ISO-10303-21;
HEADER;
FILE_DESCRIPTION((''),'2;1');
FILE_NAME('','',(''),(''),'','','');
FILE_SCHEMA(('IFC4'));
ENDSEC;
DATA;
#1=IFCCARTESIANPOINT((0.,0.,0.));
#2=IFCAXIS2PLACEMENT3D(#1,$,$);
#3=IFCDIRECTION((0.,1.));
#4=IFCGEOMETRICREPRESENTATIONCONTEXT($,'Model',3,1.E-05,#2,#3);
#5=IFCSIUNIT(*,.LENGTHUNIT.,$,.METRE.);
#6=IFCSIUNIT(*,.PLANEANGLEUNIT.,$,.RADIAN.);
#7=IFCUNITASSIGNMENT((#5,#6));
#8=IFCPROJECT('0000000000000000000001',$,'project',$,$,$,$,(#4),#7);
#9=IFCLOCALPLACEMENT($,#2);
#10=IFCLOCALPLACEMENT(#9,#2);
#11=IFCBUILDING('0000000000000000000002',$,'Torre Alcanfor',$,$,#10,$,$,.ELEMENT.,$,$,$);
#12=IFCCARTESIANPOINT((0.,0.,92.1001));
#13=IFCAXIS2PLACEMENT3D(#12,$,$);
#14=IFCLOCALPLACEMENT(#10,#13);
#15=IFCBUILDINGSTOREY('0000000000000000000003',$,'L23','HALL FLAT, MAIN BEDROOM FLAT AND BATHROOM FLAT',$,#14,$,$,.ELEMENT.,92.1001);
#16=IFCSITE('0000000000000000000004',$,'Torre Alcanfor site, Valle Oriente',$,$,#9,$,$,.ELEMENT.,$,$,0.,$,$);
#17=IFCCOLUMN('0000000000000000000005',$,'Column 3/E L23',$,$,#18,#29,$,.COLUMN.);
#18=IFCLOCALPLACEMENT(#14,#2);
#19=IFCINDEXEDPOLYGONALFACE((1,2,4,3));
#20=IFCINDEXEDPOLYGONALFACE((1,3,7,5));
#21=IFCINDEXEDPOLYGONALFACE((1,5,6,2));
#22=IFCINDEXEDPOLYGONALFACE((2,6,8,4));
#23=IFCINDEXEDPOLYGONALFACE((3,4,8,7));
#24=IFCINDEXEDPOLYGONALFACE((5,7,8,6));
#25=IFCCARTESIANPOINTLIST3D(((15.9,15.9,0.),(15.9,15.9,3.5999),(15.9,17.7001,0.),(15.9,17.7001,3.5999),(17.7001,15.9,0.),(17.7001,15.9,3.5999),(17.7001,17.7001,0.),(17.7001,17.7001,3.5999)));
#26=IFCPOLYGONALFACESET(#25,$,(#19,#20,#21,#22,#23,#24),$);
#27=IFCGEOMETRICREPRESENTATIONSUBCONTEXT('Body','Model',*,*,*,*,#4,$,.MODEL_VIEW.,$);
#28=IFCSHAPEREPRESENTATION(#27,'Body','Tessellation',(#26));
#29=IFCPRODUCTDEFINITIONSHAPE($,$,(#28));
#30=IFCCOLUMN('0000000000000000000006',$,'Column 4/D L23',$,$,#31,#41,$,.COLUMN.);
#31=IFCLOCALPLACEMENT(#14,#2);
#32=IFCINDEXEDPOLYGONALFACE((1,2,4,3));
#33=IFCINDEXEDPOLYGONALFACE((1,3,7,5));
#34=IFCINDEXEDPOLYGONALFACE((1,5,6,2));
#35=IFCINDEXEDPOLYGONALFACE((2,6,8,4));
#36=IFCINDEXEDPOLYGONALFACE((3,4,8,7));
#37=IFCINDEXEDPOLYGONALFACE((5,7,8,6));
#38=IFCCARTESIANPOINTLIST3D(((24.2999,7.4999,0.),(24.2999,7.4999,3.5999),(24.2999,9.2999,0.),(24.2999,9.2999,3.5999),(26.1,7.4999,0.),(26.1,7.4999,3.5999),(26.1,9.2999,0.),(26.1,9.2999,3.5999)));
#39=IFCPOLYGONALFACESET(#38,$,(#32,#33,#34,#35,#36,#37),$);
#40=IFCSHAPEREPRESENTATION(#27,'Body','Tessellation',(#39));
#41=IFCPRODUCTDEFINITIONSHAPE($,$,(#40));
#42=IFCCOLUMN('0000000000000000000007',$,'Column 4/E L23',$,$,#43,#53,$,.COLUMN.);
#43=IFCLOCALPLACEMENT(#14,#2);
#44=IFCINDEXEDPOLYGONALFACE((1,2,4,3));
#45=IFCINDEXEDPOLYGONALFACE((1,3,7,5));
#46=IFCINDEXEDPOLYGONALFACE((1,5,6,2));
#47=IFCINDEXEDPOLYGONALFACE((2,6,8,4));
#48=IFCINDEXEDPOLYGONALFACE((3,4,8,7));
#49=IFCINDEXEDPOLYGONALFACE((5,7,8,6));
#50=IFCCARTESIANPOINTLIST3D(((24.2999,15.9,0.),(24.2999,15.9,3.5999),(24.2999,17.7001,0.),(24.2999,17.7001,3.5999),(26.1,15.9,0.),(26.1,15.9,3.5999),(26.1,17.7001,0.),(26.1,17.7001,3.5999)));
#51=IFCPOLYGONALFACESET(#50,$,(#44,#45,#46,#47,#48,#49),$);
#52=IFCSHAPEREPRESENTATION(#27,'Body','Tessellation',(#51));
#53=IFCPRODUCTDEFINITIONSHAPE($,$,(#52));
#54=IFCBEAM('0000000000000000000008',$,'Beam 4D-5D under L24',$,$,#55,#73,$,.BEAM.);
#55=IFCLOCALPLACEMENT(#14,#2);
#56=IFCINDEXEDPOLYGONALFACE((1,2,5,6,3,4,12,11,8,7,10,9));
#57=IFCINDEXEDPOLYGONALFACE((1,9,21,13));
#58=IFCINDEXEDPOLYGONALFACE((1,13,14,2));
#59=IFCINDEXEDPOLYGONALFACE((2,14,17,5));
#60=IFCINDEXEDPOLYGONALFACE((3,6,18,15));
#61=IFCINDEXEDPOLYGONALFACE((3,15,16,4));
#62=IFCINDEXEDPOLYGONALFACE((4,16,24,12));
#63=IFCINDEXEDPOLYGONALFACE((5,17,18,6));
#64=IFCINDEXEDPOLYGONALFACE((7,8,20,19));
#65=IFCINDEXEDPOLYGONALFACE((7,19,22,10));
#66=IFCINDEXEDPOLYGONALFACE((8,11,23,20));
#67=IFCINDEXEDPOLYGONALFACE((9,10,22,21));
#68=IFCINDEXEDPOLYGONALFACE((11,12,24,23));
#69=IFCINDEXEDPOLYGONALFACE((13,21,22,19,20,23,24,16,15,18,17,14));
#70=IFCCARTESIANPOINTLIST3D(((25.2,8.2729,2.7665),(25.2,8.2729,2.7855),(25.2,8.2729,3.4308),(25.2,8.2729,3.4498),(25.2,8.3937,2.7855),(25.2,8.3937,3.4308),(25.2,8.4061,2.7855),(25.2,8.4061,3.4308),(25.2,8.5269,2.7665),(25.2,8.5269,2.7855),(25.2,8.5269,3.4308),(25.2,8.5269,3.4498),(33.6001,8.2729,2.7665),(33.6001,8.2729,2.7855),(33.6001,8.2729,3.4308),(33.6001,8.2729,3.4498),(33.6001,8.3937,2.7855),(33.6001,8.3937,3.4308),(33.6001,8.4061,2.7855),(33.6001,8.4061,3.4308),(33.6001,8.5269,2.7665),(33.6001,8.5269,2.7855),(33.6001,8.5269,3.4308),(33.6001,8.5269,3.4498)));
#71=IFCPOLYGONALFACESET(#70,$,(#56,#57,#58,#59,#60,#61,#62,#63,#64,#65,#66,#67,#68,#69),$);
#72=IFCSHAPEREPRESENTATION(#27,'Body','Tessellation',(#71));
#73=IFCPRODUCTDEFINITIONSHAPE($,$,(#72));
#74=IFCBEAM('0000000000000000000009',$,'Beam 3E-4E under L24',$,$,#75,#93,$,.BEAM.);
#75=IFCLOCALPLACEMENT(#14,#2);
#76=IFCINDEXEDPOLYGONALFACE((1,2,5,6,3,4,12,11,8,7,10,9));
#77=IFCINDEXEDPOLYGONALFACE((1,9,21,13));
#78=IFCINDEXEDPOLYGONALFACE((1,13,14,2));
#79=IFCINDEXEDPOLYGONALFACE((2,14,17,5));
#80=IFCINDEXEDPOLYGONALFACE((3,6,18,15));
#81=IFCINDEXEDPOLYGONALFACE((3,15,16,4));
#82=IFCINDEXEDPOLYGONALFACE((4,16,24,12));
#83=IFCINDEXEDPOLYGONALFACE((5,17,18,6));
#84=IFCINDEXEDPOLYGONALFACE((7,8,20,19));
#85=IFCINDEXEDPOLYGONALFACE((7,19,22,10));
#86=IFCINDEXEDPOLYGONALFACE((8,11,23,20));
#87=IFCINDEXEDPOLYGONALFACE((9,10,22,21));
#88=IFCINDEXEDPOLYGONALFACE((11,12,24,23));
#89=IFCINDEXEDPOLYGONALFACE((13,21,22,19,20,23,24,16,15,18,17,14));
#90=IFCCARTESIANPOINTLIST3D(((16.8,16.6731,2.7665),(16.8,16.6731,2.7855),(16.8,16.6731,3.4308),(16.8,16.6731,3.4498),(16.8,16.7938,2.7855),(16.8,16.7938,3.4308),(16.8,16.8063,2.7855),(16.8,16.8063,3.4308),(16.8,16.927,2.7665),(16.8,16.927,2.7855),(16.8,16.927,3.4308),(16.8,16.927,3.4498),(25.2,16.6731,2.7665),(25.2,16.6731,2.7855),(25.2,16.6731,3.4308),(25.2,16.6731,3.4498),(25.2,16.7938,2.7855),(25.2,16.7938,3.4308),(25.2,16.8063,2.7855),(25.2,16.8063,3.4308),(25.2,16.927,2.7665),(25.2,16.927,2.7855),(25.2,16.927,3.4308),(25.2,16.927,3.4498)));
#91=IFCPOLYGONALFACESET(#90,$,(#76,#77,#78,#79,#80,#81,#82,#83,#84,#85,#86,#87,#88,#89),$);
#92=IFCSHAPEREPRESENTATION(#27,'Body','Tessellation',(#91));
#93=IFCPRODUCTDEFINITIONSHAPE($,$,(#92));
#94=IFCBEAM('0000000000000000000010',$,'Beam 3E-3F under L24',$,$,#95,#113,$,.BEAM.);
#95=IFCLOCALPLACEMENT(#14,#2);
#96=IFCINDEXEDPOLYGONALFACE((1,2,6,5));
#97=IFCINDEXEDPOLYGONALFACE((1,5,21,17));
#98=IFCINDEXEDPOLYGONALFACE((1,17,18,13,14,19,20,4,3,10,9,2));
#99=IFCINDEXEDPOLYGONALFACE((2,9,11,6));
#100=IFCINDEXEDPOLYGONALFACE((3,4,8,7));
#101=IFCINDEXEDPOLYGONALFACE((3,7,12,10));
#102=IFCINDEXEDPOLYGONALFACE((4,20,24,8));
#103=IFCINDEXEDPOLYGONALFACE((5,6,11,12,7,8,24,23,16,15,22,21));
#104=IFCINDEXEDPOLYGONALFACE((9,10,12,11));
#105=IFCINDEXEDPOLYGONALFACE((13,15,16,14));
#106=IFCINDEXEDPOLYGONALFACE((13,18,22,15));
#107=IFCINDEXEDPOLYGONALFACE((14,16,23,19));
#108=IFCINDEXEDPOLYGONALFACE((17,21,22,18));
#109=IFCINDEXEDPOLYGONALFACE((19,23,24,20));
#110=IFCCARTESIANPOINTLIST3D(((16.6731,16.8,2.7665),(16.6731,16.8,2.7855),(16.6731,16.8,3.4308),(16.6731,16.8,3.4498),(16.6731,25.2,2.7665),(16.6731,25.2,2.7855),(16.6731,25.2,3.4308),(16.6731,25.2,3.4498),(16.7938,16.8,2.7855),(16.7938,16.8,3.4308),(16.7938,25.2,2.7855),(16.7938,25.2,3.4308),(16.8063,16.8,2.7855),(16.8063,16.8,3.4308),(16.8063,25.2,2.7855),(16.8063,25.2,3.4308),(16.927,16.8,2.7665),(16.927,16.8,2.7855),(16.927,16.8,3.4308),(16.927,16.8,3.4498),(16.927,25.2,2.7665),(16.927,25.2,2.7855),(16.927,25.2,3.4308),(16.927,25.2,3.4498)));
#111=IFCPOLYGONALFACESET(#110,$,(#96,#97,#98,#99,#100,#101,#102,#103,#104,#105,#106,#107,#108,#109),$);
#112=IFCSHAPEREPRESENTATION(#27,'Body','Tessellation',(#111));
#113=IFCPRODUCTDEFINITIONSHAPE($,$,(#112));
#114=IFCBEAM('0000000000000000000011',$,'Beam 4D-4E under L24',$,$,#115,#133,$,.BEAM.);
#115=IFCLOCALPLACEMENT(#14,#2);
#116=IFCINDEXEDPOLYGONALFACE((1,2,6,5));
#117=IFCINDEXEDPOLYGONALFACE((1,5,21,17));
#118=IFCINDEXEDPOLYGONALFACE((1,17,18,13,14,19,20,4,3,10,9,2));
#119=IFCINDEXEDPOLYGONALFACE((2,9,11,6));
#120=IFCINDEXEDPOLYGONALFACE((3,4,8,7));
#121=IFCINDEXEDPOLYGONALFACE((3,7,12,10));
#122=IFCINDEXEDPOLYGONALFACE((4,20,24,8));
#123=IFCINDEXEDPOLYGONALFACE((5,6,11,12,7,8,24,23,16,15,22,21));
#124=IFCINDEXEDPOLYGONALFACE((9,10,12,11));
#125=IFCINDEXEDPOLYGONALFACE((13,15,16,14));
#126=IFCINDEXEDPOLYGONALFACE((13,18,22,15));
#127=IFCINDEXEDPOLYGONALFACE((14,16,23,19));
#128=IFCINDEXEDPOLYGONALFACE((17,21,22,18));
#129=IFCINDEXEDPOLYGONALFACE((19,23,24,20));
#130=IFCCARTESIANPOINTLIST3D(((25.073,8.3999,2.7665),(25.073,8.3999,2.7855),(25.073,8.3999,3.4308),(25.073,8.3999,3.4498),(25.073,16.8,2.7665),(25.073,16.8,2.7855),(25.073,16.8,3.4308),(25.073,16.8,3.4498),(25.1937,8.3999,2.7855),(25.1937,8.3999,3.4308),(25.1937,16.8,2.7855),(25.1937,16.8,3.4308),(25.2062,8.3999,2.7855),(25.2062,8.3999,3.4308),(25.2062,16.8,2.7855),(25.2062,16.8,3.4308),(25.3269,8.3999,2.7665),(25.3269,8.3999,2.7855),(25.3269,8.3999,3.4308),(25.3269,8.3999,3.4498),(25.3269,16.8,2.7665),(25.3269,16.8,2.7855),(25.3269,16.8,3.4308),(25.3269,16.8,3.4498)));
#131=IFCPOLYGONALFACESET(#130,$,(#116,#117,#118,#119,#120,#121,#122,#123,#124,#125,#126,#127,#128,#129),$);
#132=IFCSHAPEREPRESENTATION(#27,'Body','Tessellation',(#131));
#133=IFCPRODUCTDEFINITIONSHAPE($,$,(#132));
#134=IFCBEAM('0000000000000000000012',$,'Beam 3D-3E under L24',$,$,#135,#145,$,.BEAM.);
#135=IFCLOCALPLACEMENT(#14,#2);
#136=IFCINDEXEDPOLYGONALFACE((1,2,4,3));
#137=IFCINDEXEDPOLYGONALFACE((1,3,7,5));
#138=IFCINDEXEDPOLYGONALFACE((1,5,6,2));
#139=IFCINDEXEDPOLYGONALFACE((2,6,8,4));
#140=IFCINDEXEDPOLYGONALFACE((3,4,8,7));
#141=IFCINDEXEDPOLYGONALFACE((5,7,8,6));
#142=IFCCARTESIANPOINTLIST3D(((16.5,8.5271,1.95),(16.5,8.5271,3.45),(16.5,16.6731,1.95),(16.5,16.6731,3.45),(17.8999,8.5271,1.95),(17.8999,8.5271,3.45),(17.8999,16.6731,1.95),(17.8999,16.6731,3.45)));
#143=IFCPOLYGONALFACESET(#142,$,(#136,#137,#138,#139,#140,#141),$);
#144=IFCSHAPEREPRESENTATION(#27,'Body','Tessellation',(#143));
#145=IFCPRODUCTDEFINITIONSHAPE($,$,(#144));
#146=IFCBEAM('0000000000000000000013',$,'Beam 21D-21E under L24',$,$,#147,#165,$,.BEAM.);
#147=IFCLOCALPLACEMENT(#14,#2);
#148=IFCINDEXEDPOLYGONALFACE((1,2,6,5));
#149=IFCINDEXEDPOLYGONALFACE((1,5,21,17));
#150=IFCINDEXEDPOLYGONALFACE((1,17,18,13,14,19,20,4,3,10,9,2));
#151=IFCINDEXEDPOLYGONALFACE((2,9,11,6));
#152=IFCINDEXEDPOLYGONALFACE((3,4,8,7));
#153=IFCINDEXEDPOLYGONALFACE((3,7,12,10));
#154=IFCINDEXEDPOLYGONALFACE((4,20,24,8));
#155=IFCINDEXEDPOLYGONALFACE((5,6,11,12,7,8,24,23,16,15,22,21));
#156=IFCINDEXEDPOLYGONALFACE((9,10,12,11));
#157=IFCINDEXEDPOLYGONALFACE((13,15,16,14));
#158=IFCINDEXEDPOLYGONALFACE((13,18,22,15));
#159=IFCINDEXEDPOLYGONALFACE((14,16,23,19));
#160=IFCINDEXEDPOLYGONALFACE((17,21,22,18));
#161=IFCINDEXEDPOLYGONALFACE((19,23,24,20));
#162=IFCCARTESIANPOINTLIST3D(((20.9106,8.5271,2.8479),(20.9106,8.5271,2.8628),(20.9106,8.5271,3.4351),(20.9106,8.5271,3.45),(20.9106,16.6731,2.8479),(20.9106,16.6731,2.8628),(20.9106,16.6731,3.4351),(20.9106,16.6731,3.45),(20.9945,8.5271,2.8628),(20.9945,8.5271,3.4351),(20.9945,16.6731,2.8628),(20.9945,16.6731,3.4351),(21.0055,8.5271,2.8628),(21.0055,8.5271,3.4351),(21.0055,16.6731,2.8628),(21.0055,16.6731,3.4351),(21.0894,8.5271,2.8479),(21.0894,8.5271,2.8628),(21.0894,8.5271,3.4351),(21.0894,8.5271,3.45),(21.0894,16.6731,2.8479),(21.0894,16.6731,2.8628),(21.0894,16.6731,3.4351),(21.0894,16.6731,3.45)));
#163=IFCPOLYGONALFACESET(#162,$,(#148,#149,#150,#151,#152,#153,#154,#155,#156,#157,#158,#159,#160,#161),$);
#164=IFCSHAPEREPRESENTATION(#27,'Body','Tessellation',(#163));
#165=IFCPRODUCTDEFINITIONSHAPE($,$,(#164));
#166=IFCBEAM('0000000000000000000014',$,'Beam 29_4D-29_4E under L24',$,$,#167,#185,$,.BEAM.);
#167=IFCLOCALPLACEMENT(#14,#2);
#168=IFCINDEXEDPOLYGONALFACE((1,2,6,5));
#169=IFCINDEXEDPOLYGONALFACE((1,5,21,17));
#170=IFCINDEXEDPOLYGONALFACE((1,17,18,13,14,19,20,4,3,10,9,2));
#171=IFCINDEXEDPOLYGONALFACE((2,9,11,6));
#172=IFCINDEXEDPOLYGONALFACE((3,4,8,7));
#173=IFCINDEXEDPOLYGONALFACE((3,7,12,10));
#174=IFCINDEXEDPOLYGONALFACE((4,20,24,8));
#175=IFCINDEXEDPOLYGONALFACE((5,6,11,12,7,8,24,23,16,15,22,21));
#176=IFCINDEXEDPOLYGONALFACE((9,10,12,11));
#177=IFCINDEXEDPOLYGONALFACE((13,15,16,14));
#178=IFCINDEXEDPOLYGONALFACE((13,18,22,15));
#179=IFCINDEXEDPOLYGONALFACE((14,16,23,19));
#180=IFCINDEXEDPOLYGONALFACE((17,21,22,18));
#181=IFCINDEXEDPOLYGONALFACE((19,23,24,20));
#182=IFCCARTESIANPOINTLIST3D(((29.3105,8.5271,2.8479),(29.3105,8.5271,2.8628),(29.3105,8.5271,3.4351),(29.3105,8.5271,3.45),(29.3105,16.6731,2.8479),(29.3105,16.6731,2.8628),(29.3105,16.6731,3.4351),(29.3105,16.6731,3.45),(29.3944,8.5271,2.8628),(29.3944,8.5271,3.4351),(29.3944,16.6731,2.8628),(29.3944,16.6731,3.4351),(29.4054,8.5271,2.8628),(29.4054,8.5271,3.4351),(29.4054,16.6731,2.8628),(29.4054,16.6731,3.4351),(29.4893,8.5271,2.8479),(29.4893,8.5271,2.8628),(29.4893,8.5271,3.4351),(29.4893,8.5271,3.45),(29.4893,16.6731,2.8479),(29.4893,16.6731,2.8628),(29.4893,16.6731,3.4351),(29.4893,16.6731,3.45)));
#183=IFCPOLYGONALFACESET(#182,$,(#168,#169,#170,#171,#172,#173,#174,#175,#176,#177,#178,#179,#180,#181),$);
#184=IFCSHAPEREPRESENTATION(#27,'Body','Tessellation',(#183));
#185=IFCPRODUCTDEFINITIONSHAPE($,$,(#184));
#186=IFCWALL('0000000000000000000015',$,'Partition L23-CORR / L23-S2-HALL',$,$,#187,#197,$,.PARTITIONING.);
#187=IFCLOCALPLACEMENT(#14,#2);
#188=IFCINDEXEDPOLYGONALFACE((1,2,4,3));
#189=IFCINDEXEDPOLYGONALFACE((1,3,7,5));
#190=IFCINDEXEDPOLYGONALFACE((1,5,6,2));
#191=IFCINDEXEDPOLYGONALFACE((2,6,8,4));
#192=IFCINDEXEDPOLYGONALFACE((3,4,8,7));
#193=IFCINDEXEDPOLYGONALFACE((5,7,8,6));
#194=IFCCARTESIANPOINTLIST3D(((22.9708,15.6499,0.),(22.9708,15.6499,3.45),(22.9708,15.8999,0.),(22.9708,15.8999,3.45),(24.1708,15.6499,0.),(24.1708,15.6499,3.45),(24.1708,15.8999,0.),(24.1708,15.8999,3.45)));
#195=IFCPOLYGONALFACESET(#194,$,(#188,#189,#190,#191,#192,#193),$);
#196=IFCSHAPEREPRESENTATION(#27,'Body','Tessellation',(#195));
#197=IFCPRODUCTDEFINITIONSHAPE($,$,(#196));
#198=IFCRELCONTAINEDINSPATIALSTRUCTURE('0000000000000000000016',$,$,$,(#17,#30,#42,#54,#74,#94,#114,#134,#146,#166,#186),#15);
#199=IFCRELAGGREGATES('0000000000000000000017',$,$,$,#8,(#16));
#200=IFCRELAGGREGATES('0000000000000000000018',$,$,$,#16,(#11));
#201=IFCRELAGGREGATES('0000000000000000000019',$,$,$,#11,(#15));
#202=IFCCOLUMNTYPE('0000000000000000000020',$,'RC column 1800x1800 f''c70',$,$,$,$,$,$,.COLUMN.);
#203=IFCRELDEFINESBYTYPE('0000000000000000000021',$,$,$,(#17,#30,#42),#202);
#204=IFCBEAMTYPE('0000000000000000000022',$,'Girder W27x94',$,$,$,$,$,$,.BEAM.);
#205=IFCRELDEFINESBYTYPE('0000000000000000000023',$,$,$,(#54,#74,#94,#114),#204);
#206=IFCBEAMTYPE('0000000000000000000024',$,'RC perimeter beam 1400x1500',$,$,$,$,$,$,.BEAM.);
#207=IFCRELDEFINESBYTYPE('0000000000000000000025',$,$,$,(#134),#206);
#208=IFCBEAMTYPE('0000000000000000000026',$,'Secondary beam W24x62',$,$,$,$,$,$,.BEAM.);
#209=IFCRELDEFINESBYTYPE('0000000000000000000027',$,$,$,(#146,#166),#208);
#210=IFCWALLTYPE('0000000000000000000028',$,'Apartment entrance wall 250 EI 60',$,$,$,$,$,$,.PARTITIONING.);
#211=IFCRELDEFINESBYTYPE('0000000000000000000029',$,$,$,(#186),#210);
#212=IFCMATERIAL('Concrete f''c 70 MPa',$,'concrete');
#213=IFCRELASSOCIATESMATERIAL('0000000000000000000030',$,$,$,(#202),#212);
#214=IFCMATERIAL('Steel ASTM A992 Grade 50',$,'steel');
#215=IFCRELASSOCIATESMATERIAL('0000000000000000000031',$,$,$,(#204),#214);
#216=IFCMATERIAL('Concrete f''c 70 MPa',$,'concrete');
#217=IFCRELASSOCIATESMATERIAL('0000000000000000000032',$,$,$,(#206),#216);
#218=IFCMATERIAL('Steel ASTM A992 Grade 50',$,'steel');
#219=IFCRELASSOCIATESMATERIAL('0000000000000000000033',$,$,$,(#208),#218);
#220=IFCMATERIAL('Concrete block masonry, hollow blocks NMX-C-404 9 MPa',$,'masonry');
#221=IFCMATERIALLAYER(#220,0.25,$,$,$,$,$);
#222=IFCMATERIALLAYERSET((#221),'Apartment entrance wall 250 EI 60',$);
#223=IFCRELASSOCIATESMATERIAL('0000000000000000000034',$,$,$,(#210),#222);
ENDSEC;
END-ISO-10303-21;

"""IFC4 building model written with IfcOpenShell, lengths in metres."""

from ifc_helpers import new_model, si_unit, direction, frame, frame_2d, origin, origin_2d, place, context, subcontext, project, spatial, rectangle, i_section, extrude, material, layer, layer_set, material_profile, profile_set, type_object, element, save


model = new_model("IFC4")

# Units and contexts
model_context = context("Model", 3, precision=1e-05, world=origin(), true_north=direction((0.0, 1.0)))
body_context = subcontext(model_context, "Body", "Model", "MODEL_VIEW")
ifc_project = project(units=[si_unit("LENGTHUNIT", "METRE"), si_unit("PLANEANGLEUNIT", "RADIAN")], contexts=[model_context])

# Site, building, storey
site_placement = place(None, origin())
site = spatial("IfcSite", under=ifc_project, at=site_placement, Name="Torre Alcanfor site, Valle Oriente", CompositionType="ELEMENT", RefElevation=0.0)
building_placement = place(site_placement, origin())
building = spatial("IfcBuilding", under=site, at=building_placement, Name="Torre Alcanfor", CompositionType="ELEMENT")
storey_placement = place(building_placement, frame((0.0, 0.0, 92.1001)))
storey = spatial("IfcBuildingStorey", under=building, at=storey_placement, Name="L23", Description="HALL FLAT, MAIN BEDROOM FLAT AND BATHROOM FLAT", CompositionType="ELEMENT", Elevation=92.1001)

# Columns
ifc_material_1 = material(Name="Concrete f'c 70 MPa", Category="concrete")
ifc_material_profile_1 = material_profile(ifc_material_1, rectangle(XDim=1.8, YDim=1.8, at=origin_2d()), Name="1800x1800")
ifc_profile_set_1 = profile_set([ifc_material_profile_1], Name="Concrete f'c 70 MPa")
column_type = type_object("IfcColumnType", Name="RC column 1800x1800 f'c70", PredefinedType="COLUMN", material=ifc_profile_set_1)
for number, where, z_axis, x_axis, name in (
    (1, (16.8, 16.8, 0.0), (0.0, 0.0, 1.0), (1.0, 0.0, 0.0), "Column 3/E L23"),
    (2, (25.2, 8.3999, 0.0), (0.0, 0.0, 1.0), (1.0, 0.0, 0.0), "Column 4/D L23"),
    (3, (25.2, 16.8, 0.0), (0.0, 0.0, 1.0), (1.0, 0.0, 0.0), "Column 4/E L23"),
):
    element("IfcColumn", number, at=place(storey_placement, frame(where, z_axis=z_axis, x_axis=x_axis)), inside=storey, type_object=column_type, Name=name, PredefinedType="COLUMN", context=body_context, shape_type="SweptSolid", body=[
        extrude(rectangle(XDim=1.8, YDim=1.8, at=origin_2d()), origin(), (0.0, 0.0, 1.0), 3.5999),
    ])

# Beams
ifc_material_2 = material(Name="Steel ASTM A992 Grade 50", Category="steel")
ifc_material_profile_2 = material_profile(ifc_material_2, i_section(OverallWidth=0.2539, OverallDepth=0.6833, WebThickness=0.0125, FlangeThickness=0.019, at=origin_2d()), Name="W27x94")
ifc_profile_set_2 = profile_set([ifc_material_profile_2], Name="Steel ASTM A992 Grade 50")
beam_type_1 = type_object("IfcBeamType", Name="Girder W27x94", PredefinedType="BEAM", material=ifc_profile_set_2)
beam_1_placement = place(storey_placement, frame((25.2, 8.3999, 3.1082), z_axis=(1.0, 0.0, 0.0), x_axis=(0.0, 1.0, 0.0)))
element("IfcBeam", 4, at=beam_1_placement, inside=storey, type_object=beam_type_1, Name="Beam 4D-5D under L24", PredefinedType="BEAM", context=body_context, shape_type="SweptSolid", body=[
    extrude(i_section(OverallWidth=0.2539, OverallDepth=0.6833, WebThickness=0.0125, FlangeThickness=0.019, at=origin_2d()), origin(), (0.0, 0.0, 1.0), 8.4001),
])
for number, where, z_axis, x_axis, name in (
    (5, (16.8, 16.8, 3.1082), (1.0, 0.0, 0.0), (0.0, 1.0, 0.0), "Beam 3E-4E under L24"),
    (6, (16.8, 16.8, 3.1082), (0.0, 1.0, 0.0), (-1.0, 0.0, 0.0), "Beam 3E-3F under L24"),
):
    element("IfcBeam", number, at=place(storey_placement, frame(where, z_axis=z_axis, x_axis=x_axis)), inside=storey, type_object=beam_type_1, Name=name, PredefinedType="BEAM", context=body_context, shape_type="SweptSolid", body=[
        extrude(i_section(OverallWidth=0.2539, OverallDepth=0.6833, WebThickness=0.0125, FlangeThickness=0.019, at=origin_2d()), origin(), (0.0, 0.0, 1.0), 8.3999),
    ])
beam_2_placement = place(storey_placement, frame((25.2, 8.3999, 3.1082), z_axis=(0.0, 1.0, 0.0), x_axis=(-1.0, 0.0, 0.0)))
element("IfcBeam", 7, at=beam_2_placement, inside=storey, type_object=beam_type_1, Name="Beam 4D-4E under L24", PredefinedType="BEAM", context=body_context, shape_type="SweptSolid", body=[
    extrude(i_section(OverallWidth=0.2539, OverallDepth=0.6833, WebThickness=0.0125, FlangeThickness=0.019, at=origin_2d()), origin(), (0.0, 0.0, 1.0), 8.4001),
])
ifc_material_3 = material(Name="Concrete f'c 70 MPa", Category="concrete")
ifc_material_profile_3 = material_profile(ifc_material_3, rectangle(XDim=1.3999, YDim=1.5, at=origin_2d()), Name="1400x1500")
ifc_profile_set_3 = profile_set([ifc_material_profile_3], Name="Concrete f'c 70 MPa")
beam_type_2 = type_object("IfcBeamType", Name="RC perimeter beam 1400x1500", PredefinedType="BEAM", material=ifc_profile_set_3)
beam_3_placement = place(storey_placement, frame((17.2, 8.5271, 2.7), z_axis=(0.0, 1.0, 0.0), x_axis=(-1.0, 0.0, 0.0)))
element("IfcBeam", 8, at=beam_3_placement, inside=storey, type_object=beam_type_2, Name="Beam 3D-3E under L24", PredefinedType="BEAM", context=body_context, shape_type="SweptSolid", body=[
    extrude(rectangle(XDim=1.3999, YDim=1.5, at=origin_2d()), origin(), (0.0, 0.0, 1.0), 8.146),
])
ifc_material_4 = material(Name="Steel ASTM A992 Grade 50", Category="steel")
ifc_material_profile_4 = material_profile(ifc_material_4, i_section(OverallWidth=0.1787, OverallDepth=0.6021, WebThickness=0.011, FlangeThickness=0.0149, at=origin_2d()), Name="W24x62")
ifc_profile_set_4 = profile_set([ifc_material_profile_4], Name="Steel ASTM A992 Grade 50")
beam_type_3 = type_object("IfcBeamType", Name="Secondary beam W24x62", PredefinedType="BEAM", material=ifc_profile_set_4)
for number, where, z_axis, x_axis, name in (
    (9, (21.0, 8.5271, 3.1489), (0.0, 1.0, 0.0), (-1.0, 0.0, 0.0), "Beam 21D-21E under L24"),
    (10, (29.3999, 8.5271, 3.1489), (0.0, 1.0, 0.0), (-1.0, 0.0, 0.0), "Beam 29_4D-29_4E under L24"),
):
    element("IfcBeam", number, at=place(storey_placement, frame(where, z_axis=z_axis, x_axis=x_axis)), inside=storey, type_object=beam_type_3, Name=name, PredefinedType="BEAM", context=body_context, shape_type="SweptSolid", body=[
        extrude(i_section(OverallWidth=0.1787, OverallDepth=0.6021, WebThickness=0.011, FlangeThickness=0.0149, at=origin_2d()), origin(), (0.0, 0.0, 1.0), 8.146),
    ])

# Wall
ifc_material_5 = material(Name="Concrete block masonry, hollow blocks NMX-C-404 9 MPa", Category="masonry")
ifc_layer_1 = layer(ifc_material_5, 0.25)
ifc_layer_set_1 = layer_set([ifc_layer_1], Name="Apartment entrance wall 250 EI 60")
wall_type_1 = type_object("IfcWallType", Name="Apartment entrance wall 250 EI 60", PredefinedType="PARTITIONING", material=ifc_layer_set_1)
wall_1_placement = place(storey_placement, frame((24.1709, 15.7749, 0.0), z_axis=(0.0, 0.0, 1.0), x_axis=(-1.0, 0.0, 0.0)))
element("IfcWall", 11, at=wall_1_placement, inside=storey, type_object=wall_type_1, Name="Partition L23-CORR / L23-S2-HALL", PredefinedType="PARTITIONING", context=body_context, shape_type="SweptSolid", body=[
    extrude(rectangle(XDim=1.2, YDim=0.25, at=frame_2d((0.6001, 0.0))), origin(), (0.0, 0.0, 1.0), 3.45),
])

save(model, "model.ifc")
